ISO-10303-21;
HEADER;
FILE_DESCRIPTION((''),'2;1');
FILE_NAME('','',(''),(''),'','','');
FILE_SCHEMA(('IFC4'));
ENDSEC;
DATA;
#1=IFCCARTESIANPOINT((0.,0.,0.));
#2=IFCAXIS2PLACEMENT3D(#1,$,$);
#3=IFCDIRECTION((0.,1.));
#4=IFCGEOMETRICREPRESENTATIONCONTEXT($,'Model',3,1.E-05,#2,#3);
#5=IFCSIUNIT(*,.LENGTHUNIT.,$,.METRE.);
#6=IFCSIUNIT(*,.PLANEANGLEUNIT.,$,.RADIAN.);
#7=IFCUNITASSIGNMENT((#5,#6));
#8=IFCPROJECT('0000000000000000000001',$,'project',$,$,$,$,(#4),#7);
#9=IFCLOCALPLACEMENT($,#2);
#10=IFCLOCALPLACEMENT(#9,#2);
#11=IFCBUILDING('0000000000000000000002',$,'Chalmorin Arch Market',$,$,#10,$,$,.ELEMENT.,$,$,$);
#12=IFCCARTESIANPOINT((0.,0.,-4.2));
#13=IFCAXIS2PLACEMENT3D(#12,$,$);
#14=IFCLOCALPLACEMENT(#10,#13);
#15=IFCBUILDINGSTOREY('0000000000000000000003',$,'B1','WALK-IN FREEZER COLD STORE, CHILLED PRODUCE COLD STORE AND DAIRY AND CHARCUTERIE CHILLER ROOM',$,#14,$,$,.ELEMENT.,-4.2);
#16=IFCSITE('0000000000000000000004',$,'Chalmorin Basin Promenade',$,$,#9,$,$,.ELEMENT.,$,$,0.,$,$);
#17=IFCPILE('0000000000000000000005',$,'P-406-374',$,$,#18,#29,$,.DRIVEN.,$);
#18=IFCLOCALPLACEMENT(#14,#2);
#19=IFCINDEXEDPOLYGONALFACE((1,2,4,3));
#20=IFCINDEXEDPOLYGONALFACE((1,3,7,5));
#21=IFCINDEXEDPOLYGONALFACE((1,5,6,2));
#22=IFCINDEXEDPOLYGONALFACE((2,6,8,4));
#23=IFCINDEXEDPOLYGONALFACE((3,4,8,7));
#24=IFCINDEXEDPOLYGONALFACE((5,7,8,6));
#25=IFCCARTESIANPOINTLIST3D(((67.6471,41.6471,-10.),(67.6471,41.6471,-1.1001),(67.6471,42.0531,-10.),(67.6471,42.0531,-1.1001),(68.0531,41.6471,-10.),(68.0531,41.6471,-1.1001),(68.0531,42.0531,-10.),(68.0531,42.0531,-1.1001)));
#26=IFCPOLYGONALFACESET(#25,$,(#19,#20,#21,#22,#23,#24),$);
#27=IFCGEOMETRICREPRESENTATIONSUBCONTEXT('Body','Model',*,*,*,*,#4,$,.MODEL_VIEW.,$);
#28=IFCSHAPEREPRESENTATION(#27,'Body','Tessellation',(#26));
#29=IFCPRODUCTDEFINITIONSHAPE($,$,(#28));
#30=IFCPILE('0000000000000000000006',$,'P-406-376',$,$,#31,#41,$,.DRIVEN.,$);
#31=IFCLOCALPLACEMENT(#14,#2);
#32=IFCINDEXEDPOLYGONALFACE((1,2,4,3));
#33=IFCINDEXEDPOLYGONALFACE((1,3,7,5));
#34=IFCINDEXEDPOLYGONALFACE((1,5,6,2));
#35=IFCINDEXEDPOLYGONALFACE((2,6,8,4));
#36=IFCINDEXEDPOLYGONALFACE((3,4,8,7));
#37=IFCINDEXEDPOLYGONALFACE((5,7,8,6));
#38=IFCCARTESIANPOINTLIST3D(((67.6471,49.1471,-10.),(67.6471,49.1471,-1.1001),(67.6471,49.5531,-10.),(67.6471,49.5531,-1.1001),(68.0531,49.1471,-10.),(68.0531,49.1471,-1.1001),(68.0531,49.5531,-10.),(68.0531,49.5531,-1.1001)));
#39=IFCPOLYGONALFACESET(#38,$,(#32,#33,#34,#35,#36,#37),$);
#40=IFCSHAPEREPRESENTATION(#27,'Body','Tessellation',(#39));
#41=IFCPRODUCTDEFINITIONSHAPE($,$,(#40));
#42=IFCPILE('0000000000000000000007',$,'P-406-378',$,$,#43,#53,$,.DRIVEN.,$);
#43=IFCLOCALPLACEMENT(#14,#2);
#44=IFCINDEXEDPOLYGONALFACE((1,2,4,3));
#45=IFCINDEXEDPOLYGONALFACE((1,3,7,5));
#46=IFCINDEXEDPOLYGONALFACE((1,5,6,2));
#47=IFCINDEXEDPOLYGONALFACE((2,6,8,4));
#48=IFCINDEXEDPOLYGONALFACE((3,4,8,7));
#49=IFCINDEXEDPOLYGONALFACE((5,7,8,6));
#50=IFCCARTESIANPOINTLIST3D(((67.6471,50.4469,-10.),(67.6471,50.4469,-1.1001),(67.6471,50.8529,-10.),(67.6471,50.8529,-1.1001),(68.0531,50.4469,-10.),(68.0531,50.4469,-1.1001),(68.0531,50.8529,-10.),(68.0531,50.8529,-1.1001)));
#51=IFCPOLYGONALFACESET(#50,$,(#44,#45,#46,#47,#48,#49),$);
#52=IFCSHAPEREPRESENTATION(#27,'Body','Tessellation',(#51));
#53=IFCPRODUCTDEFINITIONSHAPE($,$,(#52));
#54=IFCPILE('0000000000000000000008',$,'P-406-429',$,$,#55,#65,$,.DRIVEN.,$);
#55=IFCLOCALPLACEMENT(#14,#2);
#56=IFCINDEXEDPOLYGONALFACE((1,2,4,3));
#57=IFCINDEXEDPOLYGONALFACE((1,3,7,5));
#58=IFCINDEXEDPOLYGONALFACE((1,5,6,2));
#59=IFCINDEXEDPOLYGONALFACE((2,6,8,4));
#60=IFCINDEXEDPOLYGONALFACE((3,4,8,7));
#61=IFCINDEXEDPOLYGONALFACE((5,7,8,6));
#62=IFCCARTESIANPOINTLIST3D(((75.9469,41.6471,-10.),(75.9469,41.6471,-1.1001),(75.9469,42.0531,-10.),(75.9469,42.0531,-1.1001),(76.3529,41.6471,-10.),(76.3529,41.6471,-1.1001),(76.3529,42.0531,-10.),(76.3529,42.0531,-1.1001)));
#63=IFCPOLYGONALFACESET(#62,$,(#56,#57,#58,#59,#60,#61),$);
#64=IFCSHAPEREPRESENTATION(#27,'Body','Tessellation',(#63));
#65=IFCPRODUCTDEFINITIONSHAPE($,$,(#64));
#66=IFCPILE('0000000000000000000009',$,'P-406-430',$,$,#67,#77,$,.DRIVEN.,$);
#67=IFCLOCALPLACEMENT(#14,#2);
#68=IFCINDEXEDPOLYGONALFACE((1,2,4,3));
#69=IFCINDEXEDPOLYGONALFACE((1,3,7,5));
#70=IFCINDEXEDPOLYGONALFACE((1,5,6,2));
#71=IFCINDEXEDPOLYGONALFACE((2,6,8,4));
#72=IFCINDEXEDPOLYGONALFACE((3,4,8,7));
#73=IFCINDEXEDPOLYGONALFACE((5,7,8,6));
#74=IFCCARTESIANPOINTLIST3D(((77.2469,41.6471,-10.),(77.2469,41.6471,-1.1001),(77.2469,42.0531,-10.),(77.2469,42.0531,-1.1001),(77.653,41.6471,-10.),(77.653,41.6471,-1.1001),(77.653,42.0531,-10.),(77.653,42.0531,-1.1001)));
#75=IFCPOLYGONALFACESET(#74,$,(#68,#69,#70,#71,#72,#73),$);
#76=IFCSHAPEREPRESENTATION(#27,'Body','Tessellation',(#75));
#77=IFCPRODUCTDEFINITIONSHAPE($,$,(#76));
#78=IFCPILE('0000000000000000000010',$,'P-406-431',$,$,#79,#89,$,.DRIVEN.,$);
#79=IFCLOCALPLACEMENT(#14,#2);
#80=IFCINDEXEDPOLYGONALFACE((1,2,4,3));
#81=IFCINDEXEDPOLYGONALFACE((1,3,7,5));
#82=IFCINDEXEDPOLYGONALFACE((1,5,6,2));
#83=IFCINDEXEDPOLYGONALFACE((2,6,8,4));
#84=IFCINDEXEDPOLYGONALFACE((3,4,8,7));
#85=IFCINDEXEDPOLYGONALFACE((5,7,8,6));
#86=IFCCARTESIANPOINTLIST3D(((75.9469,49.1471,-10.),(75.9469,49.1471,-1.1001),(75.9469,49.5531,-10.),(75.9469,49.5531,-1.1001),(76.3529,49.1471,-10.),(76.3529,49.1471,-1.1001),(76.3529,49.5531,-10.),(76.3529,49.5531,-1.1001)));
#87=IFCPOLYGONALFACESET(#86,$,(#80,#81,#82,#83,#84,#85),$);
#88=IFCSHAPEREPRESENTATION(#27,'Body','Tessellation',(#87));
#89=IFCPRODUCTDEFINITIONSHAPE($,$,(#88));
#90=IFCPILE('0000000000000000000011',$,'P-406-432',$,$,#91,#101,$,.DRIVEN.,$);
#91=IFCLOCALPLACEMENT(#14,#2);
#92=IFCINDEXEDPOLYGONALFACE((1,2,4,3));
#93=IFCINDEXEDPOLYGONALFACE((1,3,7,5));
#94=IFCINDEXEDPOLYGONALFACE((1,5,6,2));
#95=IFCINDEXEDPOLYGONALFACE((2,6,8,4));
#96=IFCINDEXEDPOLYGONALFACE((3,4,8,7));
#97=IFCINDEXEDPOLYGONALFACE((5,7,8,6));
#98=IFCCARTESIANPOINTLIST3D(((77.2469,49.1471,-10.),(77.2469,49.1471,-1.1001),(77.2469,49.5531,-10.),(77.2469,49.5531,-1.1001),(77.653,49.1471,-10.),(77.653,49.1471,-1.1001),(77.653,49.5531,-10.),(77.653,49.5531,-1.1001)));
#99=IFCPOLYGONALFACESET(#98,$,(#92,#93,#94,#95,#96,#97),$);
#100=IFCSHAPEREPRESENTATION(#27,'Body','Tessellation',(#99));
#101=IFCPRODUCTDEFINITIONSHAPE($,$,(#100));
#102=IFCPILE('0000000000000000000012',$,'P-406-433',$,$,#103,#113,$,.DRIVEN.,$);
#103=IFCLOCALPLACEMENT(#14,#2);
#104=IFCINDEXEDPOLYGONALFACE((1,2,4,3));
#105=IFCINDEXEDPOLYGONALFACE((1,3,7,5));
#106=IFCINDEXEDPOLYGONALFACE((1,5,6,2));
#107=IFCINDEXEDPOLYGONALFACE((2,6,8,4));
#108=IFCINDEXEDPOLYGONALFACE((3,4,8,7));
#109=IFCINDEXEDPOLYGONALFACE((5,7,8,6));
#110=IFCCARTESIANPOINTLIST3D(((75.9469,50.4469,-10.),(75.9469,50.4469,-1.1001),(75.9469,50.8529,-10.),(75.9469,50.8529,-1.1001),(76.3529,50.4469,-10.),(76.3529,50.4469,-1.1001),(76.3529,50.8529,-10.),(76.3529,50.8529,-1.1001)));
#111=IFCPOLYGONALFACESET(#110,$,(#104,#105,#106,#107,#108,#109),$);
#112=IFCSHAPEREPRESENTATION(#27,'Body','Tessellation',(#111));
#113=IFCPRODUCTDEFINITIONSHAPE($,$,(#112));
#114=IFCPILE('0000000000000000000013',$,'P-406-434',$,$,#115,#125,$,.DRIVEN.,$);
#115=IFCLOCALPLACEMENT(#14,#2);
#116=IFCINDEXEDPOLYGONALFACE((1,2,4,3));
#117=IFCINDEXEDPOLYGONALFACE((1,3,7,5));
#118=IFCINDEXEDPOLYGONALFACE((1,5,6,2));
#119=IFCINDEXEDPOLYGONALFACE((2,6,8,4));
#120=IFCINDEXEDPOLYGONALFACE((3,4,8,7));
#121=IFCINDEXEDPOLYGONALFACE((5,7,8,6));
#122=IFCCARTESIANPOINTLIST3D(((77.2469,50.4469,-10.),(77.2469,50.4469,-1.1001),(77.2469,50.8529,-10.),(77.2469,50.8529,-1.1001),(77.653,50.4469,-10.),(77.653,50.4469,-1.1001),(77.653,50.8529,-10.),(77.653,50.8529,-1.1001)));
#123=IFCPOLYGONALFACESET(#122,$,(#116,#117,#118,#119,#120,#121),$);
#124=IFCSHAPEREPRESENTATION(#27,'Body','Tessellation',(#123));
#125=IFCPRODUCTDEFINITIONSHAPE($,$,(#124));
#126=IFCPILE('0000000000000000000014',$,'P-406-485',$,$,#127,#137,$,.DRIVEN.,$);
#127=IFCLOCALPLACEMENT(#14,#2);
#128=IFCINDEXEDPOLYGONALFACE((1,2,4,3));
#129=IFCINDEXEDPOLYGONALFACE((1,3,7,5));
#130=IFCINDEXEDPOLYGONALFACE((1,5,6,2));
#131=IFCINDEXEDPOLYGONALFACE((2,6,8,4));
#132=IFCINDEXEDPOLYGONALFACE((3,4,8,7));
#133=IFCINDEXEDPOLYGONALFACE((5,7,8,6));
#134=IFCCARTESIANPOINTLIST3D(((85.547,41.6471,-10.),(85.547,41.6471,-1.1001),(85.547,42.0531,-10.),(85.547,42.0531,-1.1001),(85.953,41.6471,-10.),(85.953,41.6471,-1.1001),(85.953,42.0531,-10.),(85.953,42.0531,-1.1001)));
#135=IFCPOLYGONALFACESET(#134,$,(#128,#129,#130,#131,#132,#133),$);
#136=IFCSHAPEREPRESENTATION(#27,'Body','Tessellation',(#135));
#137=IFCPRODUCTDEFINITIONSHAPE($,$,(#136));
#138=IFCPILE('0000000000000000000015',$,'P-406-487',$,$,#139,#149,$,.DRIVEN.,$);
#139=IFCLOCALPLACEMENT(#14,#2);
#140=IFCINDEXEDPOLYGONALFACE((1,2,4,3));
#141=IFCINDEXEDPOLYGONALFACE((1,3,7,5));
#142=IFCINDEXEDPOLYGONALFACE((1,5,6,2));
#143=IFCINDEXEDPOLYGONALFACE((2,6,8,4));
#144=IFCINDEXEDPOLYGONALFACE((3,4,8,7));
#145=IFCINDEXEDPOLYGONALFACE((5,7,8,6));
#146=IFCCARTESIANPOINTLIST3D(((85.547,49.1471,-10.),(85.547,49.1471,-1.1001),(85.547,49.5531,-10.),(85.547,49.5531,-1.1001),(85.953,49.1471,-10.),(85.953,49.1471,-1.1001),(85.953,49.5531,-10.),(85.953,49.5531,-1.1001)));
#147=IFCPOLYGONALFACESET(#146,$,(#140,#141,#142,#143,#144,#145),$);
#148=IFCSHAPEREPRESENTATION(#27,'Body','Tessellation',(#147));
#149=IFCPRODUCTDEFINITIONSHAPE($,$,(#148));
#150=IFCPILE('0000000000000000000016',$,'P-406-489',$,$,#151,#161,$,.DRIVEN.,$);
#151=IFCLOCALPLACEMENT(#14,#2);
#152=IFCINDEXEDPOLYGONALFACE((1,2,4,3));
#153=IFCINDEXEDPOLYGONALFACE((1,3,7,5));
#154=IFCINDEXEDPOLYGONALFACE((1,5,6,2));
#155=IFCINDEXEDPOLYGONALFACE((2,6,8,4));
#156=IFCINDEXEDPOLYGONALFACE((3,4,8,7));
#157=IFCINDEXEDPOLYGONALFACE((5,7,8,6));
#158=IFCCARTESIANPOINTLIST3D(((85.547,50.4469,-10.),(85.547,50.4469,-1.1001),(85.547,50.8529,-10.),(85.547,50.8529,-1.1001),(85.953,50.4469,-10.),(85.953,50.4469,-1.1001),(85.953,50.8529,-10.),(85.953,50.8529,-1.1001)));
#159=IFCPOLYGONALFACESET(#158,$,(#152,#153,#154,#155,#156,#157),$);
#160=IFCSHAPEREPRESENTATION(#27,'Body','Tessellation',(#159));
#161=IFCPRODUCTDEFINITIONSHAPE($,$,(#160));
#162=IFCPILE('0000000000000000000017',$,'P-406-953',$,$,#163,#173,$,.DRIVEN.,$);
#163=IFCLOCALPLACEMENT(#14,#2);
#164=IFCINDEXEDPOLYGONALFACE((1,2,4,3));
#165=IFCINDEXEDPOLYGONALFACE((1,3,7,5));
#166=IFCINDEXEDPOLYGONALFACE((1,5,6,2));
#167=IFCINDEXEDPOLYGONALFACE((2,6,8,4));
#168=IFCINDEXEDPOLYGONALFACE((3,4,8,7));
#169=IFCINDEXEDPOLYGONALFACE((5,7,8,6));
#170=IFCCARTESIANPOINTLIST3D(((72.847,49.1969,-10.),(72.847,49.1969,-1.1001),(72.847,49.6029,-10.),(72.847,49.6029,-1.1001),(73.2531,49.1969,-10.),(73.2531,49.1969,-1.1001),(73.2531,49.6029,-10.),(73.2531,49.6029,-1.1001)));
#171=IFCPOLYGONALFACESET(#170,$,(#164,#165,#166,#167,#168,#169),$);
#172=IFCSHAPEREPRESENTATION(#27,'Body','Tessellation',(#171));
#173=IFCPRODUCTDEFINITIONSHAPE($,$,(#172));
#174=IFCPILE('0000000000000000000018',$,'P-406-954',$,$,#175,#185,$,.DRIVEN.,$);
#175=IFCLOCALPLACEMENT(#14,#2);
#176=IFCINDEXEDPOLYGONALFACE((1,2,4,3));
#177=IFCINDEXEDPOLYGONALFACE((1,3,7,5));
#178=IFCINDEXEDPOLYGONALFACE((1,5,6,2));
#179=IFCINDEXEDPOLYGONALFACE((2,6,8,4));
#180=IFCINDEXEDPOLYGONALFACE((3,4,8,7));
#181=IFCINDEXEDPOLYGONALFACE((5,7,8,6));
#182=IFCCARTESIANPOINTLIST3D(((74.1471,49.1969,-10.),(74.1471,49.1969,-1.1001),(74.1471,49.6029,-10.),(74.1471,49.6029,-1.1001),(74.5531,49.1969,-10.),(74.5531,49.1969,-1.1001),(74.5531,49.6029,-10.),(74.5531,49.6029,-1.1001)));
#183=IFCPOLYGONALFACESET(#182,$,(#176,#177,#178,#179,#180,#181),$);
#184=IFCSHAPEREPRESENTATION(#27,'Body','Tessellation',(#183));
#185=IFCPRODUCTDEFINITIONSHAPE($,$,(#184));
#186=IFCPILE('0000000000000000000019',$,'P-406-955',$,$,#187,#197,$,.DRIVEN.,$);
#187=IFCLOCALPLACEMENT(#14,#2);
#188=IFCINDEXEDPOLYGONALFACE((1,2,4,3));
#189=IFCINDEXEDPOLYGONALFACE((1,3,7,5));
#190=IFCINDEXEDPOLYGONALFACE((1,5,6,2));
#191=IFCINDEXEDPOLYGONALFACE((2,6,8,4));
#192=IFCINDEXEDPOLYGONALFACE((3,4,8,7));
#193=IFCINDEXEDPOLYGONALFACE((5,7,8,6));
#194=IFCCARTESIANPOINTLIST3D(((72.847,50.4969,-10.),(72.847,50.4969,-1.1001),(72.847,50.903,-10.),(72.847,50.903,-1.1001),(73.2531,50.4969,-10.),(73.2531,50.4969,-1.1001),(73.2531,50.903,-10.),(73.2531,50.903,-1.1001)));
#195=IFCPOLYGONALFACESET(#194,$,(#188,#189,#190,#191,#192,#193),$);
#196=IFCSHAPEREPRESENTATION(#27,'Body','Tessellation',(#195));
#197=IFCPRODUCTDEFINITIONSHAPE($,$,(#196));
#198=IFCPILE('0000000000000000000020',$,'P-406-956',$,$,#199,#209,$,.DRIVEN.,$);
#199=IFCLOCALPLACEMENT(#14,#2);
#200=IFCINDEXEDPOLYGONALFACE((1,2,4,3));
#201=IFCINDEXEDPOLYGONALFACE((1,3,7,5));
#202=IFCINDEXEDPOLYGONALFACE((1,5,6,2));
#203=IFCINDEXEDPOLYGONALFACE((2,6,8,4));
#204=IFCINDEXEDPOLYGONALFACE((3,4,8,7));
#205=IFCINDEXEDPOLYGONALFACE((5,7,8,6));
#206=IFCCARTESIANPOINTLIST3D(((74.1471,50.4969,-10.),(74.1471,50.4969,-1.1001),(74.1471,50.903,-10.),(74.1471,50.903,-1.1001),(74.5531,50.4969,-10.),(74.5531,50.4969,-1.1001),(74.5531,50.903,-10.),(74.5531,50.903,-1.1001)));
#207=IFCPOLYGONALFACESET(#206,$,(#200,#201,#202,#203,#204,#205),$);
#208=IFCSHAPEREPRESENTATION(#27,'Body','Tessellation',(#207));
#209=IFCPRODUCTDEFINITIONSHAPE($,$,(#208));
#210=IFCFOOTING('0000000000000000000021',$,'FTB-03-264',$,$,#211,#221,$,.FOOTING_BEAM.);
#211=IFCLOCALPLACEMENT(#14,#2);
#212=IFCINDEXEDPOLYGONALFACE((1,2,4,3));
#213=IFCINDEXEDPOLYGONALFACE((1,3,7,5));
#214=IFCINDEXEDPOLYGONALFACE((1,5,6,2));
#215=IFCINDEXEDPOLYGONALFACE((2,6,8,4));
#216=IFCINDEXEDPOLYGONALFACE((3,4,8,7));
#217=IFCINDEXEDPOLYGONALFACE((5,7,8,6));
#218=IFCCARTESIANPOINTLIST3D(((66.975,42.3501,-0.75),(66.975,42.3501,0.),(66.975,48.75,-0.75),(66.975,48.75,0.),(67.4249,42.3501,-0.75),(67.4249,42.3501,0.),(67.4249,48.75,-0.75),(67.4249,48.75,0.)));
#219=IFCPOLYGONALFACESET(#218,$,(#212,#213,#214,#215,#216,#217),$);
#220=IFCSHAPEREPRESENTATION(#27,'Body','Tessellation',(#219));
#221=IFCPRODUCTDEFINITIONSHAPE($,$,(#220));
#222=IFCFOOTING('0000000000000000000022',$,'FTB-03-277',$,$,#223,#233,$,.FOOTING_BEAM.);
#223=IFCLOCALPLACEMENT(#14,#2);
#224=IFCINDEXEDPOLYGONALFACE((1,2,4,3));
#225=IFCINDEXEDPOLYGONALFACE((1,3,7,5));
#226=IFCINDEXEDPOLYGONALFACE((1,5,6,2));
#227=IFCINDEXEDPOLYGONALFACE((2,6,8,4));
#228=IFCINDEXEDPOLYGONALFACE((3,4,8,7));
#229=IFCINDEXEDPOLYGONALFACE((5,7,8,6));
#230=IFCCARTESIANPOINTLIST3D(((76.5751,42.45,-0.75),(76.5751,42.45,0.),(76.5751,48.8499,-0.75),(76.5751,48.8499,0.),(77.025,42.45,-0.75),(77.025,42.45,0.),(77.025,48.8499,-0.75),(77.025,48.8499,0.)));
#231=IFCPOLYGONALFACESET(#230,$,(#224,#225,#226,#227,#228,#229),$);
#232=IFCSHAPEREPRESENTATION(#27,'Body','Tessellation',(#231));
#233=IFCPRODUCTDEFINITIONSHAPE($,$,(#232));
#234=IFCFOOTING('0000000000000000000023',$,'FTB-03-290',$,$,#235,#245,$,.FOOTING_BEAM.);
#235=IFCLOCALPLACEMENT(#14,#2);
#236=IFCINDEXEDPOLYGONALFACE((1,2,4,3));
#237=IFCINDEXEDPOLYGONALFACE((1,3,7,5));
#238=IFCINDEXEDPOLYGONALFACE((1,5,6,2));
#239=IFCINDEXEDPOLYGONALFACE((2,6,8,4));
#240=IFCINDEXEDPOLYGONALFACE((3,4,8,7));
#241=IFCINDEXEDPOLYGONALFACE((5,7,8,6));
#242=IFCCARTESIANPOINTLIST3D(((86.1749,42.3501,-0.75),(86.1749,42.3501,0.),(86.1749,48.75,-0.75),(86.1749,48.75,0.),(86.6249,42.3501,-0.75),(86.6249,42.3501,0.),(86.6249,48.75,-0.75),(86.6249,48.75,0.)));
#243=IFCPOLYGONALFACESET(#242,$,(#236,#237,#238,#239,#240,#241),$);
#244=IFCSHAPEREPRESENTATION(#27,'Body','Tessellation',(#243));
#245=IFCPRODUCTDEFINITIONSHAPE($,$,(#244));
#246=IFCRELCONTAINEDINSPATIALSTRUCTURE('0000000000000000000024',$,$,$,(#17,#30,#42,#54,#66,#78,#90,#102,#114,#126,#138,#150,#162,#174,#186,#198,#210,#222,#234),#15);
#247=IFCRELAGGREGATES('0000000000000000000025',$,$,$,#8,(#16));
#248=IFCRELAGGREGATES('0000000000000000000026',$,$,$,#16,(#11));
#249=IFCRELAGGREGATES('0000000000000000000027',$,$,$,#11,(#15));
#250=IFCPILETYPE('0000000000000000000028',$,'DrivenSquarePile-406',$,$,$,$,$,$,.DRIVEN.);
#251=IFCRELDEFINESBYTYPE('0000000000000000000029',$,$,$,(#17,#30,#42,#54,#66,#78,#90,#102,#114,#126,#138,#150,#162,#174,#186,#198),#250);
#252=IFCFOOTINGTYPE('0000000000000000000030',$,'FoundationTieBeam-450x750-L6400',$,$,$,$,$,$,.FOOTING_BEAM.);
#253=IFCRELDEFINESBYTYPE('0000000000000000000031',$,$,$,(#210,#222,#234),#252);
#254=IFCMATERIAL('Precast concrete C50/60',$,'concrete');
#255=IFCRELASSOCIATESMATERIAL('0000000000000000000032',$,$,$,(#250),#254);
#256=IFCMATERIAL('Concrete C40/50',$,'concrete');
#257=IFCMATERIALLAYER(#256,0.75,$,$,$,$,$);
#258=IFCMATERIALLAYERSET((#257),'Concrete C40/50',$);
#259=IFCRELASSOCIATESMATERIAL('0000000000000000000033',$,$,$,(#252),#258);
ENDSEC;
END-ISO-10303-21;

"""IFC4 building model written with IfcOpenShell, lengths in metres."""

from ifc_helpers import new_model, si_unit, direction, frame, origin, origin_2d, place, context, subcontext, project, spatial, rectangle, extrude, material, layer, layer_set, material_profile, profile_set, type_object, element, save


model = new_model("IFC4")

# Units and contexts
model_context = context("Model", 3, precision=1e-05, world=origin(), true_north=direction((0.0, 1.0)))
body_context = subcontext(model_context, "Body", "Model", "MODEL_VIEW")
ifc_project = project(units=[si_unit("LENGTHUNIT", "METRE"), si_unit("PLANEANGLEUNIT", "RADIAN")], contexts=[model_context])

# Site, building, storey
site_placement = place(None, origin())
site = spatial("IfcSite", under=ifc_project, at=site_placement, Name="Chalmorin Basin Promenade", CompositionType="ELEMENT", RefElevation=0.0)
building_placement = place(site_placement, origin())
building = spatial("IfcBuilding", under=site, at=building_placement, Name="Chalmorin Arch Market", CompositionType="ELEMENT")
storey_placement = place(building_placement, frame((0.0, 0.0, -4.2)))
storey = spatial("IfcBuildingStorey", under=building, at=storey_placement, Name="B1", Description="WALK-IN FREEZER COLD STORE, CHILLED PRODUCE COLD STORE AND DAIRY AND CHARCUTERIE CHILLER ROOM", CompositionType="ELEMENT", Elevation=-4.2)

# Piles
ifc_material_1 = material(Name="Precast concrete C50/60", Category="concrete")
ifc_material_profile_1 = material_profile(ifc_material_1, rectangle(XDim=0.406, YDim=0.406, at=origin_2d()), Name="PPC406")
ifc_profile_set_1 = profile_set([ifc_material_profile_1], Name="Precast concrete C50/60")
pile_type = type_object("IfcPileType", Name="DrivenSquarePile-406", PredefinedType="DRIVEN", material=ifc_profile_set_1)
for number, where, z_axis, x_axis, name in (
    (1, (67.8501, 41.8501, -1.1001), (0.0, 0.0, -1.0), (1.0, 0.0, 0.0), "P-406-374"),
    (2, (67.8501, 49.3501, -1.1001), (0.0, 0.0, -1.0), (1.0, 0.0, 0.0), "P-406-376"),
    (3, (67.8501, 50.6499, -1.1001), (0.0, 0.0, -1.0), (1.0, 0.0, 0.0), "P-406-378"),
    (4, (76.1499, 41.8501, -1.1001), (0.0, 0.0, -1.0), (1.0, 0.0, 0.0), "P-406-429"),
    (5, (77.45, 41.8501, -1.1001), (0.0, 0.0, -1.0), (1.0, 0.0, 0.0), "P-406-430"),
    (6, (76.1499, 49.3501, -1.1001), (0.0, 0.0, -1.0), (1.0, 0.0, 0.0), "P-406-431"),
    (7, (77.45, 49.3501, -1.1001), (0.0, 0.0, -1.0), (1.0, 0.0, 0.0), "P-406-432"),
    (8, (76.1499, 50.6499, -1.1001), (0.0, 0.0, -1.0), (1.0, 0.0, 0.0), "P-406-433"),
    (9, (77.45, 50.6499, -1.1001), (0.0, 0.0, -1.0), (1.0, 0.0, 0.0), "P-406-434"),
    (10, (85.75, 41.8501, -1.1001), (0.0, 0.0, -1.0), (1.0, 0.0, 0.0), "P-406-485"),
    (11, (85.75, 49.3501, -1.1001), (0.0, 0.0, -1.0), (1.0, 0.0, 0.0), "P-406-487"),
    (12, (85.75, 50.6499, -1.1001), (0.0, 0.0, -1.0), (1.0, 0.0, 0.0), "P-406-489"),
    (13, (73.05, 49.3999, -1.1001), (0.0, 0.0, -1.0), (1.0, 0.0, 0.0), "P-406-953"),
    (14, (74.3501, 49.3999, -1.1001), (0.0, 0.0, -1.0), (1.0, 0.0, 0.0), "P-406-954"),
    (15, (73.05, 50.7, -1.1001), (0.0, 0.0, -1.0), (1.0, 0.0, 0.0), "P-406-955"),
    (16, (74.3501, 50.7, -1.1001), (0.0, 0.0, -1.0), (1.0, 0.0, 0.0), "P-406-956"),
):
    element("IfcPile", number, at=place(storey_placement, frame(where, z_axis=z_axis, x_axis=x_axis)), inside=storey, type_object=pile_type, Name=name, PredefinedType="DRIVEN", context=body_context, shape_type="SweptSolid", body=[
        extrude(rectangle(XDim=0.406, YDim=0.406, at=origin_2d()), origin(), (0.0, 0.0, 1.0), 8.8999),
    ])

# Footings
ifc_material_2 = material(Name="Concrete C40/50", Category="concrete")
ifc_layer_1 = layer(ifc_material_2, 0.75)
ifc_layer_set_1 = layer_set([ifc_layer_1], Name="Concrete C40/50")
footing_type_1 = type_object("IfcFootingType", Name="FoundationTieBeam-450x750-L6400", PredefinedType="FOOTING_BEAM", material=ifc_layer_set_1)
for number, where, z_axis, x_axis, name in (
    (17, (67.2, 45.55, -0.75), (0.0, 0.0, 1.0), (0.0, 1.0, 0.0), "FTB-03-264"),
    (18, (76.8, 45.6499, -0.75), (0.0, 0.0, 1.0), (0.0, 1.0, 0.0), "FTB-03-277"),
    (19, (86.3999, 45.55, -0.75), (0.0, 0.0, 1.0), (0.0, 1.0, 0.0), "FTB-03-290"),
):
    element("IfcFooting", number, at=place(storey_placement, frame(where, z_axis=z_axis, x_axis=x_axis)), inside=storey, type_object=footing_type_1, Name=name, PredefinedType="FOOTING_BEAM", context=body_context, shape_type="SweptSolid", body=[
        extrude(rectangle(XDim=6.3999, YDim=0.45, at=origin_2d()), origin(), (0.0, 0.0, 1.0), 0.75),
    ])

save(model, "model.ifc")
